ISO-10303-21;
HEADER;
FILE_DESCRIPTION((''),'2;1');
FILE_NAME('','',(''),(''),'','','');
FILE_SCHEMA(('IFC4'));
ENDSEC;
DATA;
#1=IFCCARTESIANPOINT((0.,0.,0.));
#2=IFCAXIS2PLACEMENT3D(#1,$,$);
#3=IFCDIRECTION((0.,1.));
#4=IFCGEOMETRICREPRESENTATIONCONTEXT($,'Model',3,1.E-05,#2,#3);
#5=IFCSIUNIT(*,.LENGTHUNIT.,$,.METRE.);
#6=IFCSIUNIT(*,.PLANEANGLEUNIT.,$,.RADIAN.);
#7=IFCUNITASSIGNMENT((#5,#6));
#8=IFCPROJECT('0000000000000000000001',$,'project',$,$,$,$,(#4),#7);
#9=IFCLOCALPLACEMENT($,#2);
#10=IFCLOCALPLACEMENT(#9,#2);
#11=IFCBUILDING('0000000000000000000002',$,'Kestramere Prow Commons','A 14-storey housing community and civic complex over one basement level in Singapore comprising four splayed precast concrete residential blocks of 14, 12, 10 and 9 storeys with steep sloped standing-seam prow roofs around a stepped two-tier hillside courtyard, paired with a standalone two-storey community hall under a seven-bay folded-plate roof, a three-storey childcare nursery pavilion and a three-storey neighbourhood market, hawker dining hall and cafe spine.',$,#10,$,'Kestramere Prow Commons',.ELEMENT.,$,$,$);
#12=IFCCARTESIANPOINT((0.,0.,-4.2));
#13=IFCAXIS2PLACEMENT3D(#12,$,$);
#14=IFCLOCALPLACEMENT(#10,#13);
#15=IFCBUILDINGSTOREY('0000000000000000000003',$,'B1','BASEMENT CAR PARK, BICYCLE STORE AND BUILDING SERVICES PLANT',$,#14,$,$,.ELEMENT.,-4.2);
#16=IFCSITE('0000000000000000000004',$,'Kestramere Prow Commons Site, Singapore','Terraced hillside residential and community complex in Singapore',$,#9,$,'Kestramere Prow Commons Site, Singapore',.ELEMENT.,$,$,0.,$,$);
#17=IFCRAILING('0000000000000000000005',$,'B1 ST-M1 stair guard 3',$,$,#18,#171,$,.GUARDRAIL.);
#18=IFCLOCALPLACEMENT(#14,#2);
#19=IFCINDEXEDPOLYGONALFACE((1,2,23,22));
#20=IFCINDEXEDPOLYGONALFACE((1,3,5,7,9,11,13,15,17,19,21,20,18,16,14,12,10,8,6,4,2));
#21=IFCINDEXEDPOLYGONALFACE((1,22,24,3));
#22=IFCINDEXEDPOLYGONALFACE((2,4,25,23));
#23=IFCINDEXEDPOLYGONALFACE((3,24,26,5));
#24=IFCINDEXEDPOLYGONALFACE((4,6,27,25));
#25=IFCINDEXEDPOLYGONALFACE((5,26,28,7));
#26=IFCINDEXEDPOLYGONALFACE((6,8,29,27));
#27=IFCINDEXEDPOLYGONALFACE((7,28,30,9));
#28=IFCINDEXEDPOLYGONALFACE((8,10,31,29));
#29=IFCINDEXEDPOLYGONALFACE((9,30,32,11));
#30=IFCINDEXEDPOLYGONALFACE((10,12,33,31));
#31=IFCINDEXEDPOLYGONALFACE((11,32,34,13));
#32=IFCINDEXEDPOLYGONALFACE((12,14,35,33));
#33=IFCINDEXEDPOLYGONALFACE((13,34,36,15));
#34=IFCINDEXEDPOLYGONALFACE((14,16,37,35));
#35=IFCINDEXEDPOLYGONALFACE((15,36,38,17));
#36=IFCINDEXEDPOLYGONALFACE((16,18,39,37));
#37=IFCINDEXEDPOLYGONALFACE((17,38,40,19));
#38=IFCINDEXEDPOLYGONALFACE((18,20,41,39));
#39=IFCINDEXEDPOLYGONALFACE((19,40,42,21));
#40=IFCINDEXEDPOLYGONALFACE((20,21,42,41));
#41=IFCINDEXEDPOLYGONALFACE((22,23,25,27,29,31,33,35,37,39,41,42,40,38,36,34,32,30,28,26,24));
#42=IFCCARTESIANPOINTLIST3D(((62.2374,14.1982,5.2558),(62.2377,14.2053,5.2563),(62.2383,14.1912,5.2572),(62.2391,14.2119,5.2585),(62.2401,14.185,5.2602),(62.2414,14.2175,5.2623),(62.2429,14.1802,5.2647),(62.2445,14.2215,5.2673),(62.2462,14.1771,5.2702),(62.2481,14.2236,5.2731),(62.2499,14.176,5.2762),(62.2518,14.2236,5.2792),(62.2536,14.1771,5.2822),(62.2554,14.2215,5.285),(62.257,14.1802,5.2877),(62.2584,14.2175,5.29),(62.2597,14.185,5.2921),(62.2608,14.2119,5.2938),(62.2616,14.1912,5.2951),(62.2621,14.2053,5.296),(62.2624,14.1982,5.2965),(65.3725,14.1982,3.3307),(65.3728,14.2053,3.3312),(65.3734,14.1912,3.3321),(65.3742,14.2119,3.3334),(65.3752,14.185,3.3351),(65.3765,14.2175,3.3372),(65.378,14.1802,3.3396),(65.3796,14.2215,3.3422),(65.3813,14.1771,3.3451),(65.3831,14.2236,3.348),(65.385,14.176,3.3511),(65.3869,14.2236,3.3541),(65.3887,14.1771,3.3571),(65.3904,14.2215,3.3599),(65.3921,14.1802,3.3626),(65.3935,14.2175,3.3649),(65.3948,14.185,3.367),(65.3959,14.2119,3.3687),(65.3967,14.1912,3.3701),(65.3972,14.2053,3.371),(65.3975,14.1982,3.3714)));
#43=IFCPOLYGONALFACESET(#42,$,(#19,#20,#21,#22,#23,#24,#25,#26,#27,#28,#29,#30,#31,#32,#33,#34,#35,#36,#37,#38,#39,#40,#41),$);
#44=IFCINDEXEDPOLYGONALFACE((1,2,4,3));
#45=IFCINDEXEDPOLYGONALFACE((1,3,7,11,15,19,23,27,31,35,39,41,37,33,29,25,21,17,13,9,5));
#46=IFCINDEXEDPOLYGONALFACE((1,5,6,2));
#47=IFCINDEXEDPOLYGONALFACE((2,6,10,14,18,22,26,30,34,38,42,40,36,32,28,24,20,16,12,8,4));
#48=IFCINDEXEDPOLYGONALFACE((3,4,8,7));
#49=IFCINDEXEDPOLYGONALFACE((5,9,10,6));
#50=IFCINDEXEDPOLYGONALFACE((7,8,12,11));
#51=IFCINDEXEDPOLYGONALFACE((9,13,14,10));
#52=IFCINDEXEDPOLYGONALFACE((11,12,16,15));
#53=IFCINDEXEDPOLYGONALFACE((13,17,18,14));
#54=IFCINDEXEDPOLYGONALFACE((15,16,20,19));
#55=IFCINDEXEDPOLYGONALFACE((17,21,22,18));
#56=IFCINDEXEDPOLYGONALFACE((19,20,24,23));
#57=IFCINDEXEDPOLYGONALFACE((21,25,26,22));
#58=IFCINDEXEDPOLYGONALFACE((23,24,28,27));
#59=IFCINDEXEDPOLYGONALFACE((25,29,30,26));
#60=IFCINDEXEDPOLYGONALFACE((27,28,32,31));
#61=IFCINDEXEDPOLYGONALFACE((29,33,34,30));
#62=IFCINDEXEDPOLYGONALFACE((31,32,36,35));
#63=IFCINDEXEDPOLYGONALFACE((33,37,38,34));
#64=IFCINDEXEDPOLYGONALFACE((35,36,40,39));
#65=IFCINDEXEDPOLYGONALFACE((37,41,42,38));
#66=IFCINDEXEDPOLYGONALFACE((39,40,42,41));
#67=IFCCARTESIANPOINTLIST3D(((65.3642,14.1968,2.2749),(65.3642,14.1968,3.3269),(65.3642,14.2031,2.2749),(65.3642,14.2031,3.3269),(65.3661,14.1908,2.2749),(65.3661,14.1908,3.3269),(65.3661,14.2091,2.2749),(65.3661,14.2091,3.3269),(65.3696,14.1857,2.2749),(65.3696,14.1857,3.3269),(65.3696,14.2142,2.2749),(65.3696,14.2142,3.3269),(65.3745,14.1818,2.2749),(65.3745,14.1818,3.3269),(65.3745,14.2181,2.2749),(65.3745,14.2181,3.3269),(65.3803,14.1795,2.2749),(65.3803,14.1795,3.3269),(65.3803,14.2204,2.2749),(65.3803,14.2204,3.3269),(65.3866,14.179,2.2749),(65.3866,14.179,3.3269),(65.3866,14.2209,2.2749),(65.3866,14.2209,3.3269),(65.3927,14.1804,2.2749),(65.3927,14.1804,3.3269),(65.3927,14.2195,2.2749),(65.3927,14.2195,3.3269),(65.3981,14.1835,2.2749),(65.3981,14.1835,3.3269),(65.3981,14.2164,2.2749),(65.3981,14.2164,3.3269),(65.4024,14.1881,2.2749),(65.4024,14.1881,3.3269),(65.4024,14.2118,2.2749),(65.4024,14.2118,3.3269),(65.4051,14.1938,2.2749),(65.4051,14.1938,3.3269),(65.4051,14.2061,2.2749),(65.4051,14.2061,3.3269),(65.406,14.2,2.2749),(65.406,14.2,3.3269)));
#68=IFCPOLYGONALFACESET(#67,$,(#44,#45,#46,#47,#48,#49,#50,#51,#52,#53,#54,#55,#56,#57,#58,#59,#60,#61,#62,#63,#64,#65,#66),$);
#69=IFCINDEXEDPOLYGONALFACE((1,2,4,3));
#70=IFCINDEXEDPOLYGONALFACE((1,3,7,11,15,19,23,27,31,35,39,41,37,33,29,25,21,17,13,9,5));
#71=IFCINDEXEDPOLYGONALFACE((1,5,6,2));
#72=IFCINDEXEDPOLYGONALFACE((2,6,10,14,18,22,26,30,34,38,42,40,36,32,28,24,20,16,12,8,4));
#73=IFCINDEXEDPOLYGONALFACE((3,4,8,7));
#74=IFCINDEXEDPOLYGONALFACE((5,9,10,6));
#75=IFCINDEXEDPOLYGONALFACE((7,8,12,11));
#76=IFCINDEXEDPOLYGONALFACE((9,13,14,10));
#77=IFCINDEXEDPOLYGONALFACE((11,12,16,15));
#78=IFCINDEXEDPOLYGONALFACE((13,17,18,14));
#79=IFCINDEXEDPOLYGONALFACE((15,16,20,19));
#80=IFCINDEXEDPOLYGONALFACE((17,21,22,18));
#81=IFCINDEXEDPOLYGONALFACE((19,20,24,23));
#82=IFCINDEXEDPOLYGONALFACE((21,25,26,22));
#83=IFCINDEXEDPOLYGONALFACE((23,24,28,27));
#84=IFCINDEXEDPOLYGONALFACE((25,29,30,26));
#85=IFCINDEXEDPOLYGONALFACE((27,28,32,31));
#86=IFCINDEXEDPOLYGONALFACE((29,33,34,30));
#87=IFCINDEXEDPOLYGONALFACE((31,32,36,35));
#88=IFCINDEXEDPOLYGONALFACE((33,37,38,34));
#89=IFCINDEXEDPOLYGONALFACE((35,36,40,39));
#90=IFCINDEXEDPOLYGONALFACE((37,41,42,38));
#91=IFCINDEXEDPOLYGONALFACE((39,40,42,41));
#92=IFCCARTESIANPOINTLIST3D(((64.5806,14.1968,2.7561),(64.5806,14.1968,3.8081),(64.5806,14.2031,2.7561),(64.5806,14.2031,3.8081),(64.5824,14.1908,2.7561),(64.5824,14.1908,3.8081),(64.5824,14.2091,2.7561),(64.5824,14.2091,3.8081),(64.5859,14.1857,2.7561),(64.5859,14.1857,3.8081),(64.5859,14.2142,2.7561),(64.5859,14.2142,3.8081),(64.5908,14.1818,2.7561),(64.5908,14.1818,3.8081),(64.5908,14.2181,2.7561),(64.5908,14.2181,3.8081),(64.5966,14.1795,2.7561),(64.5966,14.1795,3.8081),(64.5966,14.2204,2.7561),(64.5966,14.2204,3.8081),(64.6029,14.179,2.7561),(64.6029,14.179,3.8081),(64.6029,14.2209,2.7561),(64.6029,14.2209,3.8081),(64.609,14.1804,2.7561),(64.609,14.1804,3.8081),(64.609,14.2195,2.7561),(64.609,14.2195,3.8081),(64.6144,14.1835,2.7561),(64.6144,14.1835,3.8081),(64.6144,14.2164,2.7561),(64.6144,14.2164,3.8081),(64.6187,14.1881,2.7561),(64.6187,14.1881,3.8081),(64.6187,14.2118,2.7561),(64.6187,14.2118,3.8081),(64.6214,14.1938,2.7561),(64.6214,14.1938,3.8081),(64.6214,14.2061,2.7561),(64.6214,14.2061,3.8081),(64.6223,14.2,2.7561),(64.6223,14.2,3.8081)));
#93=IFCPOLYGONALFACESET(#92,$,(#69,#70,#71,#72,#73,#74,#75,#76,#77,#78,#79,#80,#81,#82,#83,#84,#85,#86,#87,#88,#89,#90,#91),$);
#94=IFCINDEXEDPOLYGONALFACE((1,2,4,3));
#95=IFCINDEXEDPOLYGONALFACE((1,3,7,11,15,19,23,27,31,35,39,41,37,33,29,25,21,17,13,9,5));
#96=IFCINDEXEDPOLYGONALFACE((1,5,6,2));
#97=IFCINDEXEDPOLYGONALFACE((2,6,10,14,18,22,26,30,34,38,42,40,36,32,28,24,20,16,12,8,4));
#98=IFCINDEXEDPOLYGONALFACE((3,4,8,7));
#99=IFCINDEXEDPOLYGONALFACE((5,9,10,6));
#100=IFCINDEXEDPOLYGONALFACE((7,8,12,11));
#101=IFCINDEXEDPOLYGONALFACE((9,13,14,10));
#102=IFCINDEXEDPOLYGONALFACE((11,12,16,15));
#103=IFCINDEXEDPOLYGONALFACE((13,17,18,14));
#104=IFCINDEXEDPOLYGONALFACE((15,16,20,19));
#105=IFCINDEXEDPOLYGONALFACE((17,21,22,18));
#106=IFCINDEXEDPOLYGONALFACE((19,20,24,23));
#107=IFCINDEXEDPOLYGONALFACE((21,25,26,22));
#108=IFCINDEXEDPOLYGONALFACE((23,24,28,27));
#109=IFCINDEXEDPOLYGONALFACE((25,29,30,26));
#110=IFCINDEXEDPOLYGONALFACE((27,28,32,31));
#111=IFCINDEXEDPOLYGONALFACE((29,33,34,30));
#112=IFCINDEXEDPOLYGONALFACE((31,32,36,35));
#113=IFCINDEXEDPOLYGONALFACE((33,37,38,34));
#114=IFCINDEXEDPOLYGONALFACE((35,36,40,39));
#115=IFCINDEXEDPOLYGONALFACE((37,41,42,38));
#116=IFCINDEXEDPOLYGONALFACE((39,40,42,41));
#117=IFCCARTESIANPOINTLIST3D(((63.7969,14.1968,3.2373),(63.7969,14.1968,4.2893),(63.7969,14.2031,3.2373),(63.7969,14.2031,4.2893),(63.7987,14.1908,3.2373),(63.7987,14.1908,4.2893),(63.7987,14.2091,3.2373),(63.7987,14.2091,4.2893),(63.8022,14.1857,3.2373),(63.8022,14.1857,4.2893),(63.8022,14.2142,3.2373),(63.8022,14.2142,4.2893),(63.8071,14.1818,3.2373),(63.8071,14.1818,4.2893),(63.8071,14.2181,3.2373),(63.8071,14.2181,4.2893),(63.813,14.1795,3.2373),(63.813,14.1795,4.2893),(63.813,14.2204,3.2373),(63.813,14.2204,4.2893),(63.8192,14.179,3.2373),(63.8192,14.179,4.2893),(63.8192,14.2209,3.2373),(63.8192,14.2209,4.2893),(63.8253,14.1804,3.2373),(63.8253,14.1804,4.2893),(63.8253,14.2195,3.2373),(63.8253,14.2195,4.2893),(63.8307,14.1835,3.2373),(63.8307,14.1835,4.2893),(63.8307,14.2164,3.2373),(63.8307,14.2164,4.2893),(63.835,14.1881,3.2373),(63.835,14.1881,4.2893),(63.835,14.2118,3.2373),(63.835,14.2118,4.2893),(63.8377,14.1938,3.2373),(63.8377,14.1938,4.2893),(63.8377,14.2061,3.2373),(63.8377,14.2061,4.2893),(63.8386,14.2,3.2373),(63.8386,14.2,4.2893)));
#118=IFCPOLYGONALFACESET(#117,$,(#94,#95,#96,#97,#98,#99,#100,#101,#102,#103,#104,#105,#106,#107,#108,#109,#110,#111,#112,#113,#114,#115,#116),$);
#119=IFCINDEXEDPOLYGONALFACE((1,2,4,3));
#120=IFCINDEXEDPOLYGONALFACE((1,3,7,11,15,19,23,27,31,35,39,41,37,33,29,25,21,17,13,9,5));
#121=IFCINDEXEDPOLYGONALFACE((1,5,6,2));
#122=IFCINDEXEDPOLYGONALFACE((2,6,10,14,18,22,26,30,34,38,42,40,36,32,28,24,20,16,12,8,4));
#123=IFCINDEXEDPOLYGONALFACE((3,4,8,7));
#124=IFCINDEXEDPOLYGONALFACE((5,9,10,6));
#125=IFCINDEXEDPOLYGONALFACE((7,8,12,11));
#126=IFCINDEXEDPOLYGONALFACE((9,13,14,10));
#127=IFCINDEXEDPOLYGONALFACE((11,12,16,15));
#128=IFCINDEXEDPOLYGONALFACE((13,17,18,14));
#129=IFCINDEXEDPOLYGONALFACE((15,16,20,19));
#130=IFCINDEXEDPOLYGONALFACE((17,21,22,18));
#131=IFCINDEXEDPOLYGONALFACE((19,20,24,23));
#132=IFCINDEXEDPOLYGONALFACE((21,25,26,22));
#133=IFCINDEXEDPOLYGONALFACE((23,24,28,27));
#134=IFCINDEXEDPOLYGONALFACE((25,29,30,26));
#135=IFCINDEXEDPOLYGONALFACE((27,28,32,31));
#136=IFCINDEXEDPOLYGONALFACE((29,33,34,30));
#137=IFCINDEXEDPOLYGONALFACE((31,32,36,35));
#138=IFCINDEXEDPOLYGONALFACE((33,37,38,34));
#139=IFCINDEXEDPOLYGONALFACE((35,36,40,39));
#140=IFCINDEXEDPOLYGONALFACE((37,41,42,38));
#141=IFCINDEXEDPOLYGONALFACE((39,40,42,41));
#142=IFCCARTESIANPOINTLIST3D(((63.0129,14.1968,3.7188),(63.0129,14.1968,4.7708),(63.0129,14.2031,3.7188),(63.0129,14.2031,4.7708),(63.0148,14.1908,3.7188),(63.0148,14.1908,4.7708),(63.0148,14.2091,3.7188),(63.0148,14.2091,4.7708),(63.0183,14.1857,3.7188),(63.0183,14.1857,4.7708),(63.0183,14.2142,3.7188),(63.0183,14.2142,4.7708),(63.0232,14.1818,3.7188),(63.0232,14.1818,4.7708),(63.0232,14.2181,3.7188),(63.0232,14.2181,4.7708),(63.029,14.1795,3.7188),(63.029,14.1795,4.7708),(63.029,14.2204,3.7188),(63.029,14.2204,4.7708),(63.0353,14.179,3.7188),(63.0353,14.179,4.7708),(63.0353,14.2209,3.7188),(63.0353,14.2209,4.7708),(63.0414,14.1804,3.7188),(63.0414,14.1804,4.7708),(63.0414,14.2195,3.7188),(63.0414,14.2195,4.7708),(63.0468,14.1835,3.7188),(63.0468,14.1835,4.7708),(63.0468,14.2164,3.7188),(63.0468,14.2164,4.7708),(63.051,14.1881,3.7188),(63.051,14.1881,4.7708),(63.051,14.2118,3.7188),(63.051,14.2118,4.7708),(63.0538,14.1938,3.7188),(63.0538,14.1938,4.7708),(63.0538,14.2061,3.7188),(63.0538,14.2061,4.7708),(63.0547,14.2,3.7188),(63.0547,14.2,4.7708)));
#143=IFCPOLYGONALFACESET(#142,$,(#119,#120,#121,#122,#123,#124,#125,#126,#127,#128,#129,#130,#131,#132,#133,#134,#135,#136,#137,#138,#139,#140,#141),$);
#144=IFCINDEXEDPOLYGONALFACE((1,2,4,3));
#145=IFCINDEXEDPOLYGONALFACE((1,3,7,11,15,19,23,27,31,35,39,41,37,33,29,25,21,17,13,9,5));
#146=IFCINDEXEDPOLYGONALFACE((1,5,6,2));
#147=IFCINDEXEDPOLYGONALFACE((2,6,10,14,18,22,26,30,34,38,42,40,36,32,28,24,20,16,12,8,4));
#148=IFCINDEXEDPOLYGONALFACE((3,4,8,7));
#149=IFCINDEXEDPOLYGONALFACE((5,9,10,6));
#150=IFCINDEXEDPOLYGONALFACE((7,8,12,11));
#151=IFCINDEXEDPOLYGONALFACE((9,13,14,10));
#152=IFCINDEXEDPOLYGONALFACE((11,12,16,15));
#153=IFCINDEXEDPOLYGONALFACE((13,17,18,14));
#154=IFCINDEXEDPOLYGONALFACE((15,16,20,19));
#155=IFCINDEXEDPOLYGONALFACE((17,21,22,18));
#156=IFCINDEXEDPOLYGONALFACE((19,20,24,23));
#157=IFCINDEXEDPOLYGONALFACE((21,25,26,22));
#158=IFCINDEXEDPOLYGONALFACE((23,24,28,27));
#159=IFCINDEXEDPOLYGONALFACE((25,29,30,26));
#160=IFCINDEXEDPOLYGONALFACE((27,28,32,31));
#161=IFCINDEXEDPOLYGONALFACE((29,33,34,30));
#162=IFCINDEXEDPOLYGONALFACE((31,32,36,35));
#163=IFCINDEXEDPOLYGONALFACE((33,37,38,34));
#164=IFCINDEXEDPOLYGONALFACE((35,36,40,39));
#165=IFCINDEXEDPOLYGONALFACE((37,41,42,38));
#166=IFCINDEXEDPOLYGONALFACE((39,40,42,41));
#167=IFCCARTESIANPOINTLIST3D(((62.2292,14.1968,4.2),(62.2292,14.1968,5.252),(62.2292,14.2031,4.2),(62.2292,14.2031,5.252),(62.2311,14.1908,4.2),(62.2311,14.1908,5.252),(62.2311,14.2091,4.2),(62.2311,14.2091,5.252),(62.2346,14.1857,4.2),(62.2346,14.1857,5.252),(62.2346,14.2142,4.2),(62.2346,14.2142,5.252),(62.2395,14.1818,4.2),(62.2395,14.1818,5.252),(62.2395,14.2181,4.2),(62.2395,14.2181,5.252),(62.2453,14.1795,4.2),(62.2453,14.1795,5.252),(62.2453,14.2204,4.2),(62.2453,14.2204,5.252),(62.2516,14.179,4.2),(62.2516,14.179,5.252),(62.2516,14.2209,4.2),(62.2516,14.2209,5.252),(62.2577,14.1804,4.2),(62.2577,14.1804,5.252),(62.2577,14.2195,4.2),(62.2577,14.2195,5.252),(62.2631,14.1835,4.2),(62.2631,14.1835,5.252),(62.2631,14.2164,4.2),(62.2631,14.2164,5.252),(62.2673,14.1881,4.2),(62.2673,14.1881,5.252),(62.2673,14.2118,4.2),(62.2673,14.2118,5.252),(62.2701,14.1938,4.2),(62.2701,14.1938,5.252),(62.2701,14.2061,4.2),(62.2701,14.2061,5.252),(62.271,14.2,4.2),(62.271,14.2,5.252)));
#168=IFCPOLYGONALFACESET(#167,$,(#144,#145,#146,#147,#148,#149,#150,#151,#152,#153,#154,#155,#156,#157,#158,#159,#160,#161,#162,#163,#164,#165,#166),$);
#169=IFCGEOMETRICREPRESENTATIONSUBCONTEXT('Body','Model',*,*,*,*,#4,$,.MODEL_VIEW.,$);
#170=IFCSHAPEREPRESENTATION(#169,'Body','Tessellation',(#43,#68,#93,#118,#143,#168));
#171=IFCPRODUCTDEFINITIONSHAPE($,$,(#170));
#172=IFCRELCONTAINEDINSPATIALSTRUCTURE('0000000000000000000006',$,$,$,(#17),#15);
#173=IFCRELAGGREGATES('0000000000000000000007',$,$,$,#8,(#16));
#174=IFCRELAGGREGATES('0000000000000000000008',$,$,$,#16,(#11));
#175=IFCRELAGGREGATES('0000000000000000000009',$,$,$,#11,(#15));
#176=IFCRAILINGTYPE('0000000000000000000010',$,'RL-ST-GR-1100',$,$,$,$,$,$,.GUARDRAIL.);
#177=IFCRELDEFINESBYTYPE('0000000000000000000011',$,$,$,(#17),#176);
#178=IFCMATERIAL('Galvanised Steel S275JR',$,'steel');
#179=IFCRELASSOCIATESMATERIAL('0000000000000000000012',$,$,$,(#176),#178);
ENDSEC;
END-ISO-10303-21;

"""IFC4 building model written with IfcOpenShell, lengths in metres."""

from ifc_helpers import new_model, si_unit, direction, frame, origin, origin_2d, place, context, subcontext, project, spatial, circle, extrude, material, type_object, element, save


model = new_model("IFC4")

# Units and contexts
model_context = context("Model", 3, precision=1e-05, world=origin(), true_north=direction((0.0, 1.0)))
body_context = subcontext(model_context, "Body", "Model", "MODEL_VIEW")
ifc_project = project(units=[si_unit("LENGTHUNIT", "METRE"), si_unit("PLANEANGLEUNIT", "RADIAN")], contexts=[model_context])

# Site, building, storey
site_placement = place(None, origin())
site = spatial("IfcSite", under=ifc_project, at=site_placement, Name="Kestramere Prow Commons Site, Singapore", Description="Terraced hillside residential and community complex in Singapore", LongName="Kestramere Prow Commons Site, Singapore", CompositionType="ELEMENT", RefElevation=0.0)
building_placement = place(site_placement, origin())
building = spatial("IfcBuilding", under=site, at=building_placement, Name="Kestramere Prow Commons", Description="A 14-storey housing community and civic complex over one basement level in Singapore comprising four splayed precast concrete residential blocks of 14, 12, 10 and 9 storeys with steep sloped standing-seam prow roofs around a stepped two-tier hillside courtyard, paired with a standalone two-storey community hall under a seven-bay folded-plate roof, a three-storey childcare nursery pavilion and a three-storey neighbourhood market, hawker dining hall and cafe spine.", LongName="Kestramere Prow Commons", CompositionType="ELEMENT")
storey_placement = place(building_placement, frame((0.0, 0.0, -4.2)))
storey = spatial("IfcBuildingStorey", under=building, at=storey_placement, Name="B1", Description="BASEMENT CAR PARK, BICYCLE STORE AND BUILDING SERVICES PLANT", CompositionType="ELEMENT", Elevation=-4.2)

# Railing
ifc_material_1 = material(Name="Galvanised Steel S275JR", Category="steel")
railing_type_1 = type_object("IfcRailingType", Name="RL-ST-GR-1100", PredefinedType="GUARDRAIL", material=ifc_material_1)
railing_1_placement = place(storey_placement, frame((65.385, 14.2, 2.2749)))
element("IfcRailing", 1, at=railing_1_placement, inside=storey, type_object=railing_type_1, Name="B1 ST-M1 stair guard 3", PredefinedType="GUARDRAIL", context=body_context, shape_type="SweptSolid", body=[
    extrude(circle(Radius=0.0239, at=origin_2d()), frame((0.0, 0.0, 1.0762), z_axis=(-0.852166, 0.0, 0.523271), x_axis=(0.0, -1.0, 0.0)), (0.0, 0.0, 1.0), 3.679),
    extrude(circle(Radius=0.021, at=origin_2d()), origin(), (0.0, 0.0, 1.0), 1.052),
    extrude(circle(Radius=0.021, at=origin_2d()), frame((-0.7837, 0.0, 0.4812)), (0.0, 0.0, 1.0), 1.052),
    extrude(circle(Radius=0.021, at=origin_2d()), frame((-1.5674, 0.0, 0.9624)), (0.0, 0.0, 1.0), 1.052),
    extrude(circle(Radius=0.021, at=origin_2d()), frame((-2.3513, 0.0, 1.4438)), (0.0, 0.0, 1.0), 1.052),
    extrude(circle(Radius=0.021, at=origin_2d()), frame((-3.135, 0.0, 1.925)), (0.0, 0.0, 1.0), 1.052),
])

save(model, "model.ifc")
